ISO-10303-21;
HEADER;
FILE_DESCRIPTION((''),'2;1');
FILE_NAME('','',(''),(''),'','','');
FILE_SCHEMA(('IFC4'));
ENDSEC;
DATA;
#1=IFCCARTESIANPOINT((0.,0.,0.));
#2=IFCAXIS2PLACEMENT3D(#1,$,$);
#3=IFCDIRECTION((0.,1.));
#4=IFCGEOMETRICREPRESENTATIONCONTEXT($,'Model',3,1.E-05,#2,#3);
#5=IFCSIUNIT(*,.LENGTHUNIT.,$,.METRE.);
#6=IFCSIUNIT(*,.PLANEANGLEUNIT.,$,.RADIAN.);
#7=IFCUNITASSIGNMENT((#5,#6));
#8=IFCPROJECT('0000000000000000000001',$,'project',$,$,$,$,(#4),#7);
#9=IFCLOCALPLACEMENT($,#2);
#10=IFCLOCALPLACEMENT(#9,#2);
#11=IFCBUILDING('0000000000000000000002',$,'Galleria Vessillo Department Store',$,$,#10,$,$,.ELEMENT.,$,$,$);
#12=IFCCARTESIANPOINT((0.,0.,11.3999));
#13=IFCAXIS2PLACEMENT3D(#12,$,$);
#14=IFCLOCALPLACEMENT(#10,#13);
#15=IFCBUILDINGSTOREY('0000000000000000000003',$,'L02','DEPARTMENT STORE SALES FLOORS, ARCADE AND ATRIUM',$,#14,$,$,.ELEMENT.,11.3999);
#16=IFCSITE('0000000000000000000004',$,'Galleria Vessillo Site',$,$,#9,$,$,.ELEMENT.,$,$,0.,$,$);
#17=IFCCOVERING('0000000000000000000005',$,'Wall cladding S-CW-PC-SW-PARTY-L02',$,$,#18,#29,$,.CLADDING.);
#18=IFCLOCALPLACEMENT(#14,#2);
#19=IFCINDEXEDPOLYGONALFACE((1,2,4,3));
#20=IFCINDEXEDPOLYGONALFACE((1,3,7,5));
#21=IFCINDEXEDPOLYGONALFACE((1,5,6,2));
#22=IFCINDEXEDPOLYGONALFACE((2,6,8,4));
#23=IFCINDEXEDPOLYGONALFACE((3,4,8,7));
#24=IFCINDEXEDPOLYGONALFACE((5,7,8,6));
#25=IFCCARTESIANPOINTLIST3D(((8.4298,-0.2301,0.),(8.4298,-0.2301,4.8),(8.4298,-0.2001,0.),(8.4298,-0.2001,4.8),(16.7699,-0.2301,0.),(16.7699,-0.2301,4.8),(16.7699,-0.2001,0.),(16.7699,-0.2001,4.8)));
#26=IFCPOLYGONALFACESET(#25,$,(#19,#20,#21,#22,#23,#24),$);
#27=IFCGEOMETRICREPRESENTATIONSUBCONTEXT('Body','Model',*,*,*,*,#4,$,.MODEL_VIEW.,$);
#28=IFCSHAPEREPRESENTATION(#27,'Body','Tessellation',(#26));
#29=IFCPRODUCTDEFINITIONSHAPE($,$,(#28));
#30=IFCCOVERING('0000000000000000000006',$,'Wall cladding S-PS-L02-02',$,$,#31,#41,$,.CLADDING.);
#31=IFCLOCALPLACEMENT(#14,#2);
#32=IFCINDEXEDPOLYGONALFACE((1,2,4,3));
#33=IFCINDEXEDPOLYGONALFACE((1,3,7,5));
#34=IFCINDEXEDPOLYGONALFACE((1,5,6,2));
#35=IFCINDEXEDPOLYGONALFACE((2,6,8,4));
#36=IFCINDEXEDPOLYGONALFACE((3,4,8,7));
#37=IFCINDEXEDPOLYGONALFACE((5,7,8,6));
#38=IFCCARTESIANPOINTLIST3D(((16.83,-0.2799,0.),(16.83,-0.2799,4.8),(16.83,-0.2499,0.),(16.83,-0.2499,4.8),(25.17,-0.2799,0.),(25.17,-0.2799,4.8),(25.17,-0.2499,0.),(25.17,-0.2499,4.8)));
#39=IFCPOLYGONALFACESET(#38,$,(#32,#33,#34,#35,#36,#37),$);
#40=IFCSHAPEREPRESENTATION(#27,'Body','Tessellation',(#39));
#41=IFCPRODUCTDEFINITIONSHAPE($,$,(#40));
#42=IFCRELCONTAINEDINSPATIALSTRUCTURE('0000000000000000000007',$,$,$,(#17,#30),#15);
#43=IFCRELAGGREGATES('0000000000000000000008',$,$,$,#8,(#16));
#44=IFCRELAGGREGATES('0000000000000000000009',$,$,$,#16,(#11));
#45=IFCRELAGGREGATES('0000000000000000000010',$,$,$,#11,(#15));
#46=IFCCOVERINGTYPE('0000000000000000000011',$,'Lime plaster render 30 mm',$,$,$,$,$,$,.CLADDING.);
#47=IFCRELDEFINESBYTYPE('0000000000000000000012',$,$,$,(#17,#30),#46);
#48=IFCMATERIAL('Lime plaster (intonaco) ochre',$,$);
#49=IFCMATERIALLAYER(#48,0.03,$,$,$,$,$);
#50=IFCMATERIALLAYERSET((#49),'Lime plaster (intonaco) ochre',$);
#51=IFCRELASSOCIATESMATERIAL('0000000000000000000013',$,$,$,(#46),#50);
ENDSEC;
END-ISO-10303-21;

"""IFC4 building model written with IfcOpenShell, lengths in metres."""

from ifc_helpers import new_model, si_unit, direction, frame, origin, origin_2d, place, context, subcontext, project, spatial, rectangle, extrude, material, layer, layer_set, type_object, element, save


model = new_model("IFC4")

# Units and contexts
model_context = context("Model", 3, precision=1e-05, world=origin(), true_north=direction((0.0, 1.0)))
body_context = subcontext(model_context, "Body", "Model", "MODEL_VIEW")
ifc_project = project(units=[si_unit("LENGTHUNIT", "METRE"), si_unit("PLANEANGLEUNIT", "RADIAN")], contexts=[model_context])

# Site, building, storey
site_placement = place(None, origin())
site = spatial("IfcSite", under=ifc_project, at=site_placement, Name="Galleria Vessillo Site", CompositionType="ELEMENT", RefElevation=0.0)
building_placement = place(site_placement, origin())
building = spatial("IfcBuilding", under=site, at=building_placement, Name="Galleria Vessillo Department Store", CompositionType="ELEMENT")
storey_placement = place(building_placement, frame((0.0, 0.0, 11.3999)))
storey = spatial("IfcBuildingStorey", under=building, at=storey_placement, Name="L02", Description="DEPARTMENT STORE SALES FLOORS, ARCADE AND ATRIUM", CompositionType="ELEMENT", Elevation=11.3999)

# Coverings
ifc_material_1 = material(Name="Lime plaster (intonaco) ochre")
ifc_layer_1 = layer(ifc_material_1, 0.03)
ifc_layer_set_1 = layer_set([ifc_layer_1], Name="Lime plaster (intonaco) ochre")
covering_type = type_object("IfcCoveringType", Name="Lime plaster render 30 mm", PredefinedType="CLADDING", material=ifc_layer_set_1)
for number, where, z_axis, x_axis, name in (
    (1, (12.5999, -0.2151, 0.0), (0.0, 0.0, 1.0), (1.0, 0.0, 0.0), "Wall cladding S-CW-PC-SW-PARTY-L02"),
    (2, (21.0, -0.2649, 0.0), (0.0, 0.0, 1.0), (1.0, 0.0, 0.0), "Wall cladding S-PS-L02-02"),
):
    element("IfcCovering", number, at=place(storey_placement, frame(where, z_axis=z_axis, x_axis=x_axis)), inside=storey, type_object=covering_type, Name=name, PredefinedType="CLADDING", context=body_context, shape_type="SweptSolid", body=[
        extrude(rectangle(XDim=8.3401, YDim=0.03, at=origin_2d()), origin(), (0.0, 0.0, 1.0), 4.8),
    ])

save(model, "model.ifc")
